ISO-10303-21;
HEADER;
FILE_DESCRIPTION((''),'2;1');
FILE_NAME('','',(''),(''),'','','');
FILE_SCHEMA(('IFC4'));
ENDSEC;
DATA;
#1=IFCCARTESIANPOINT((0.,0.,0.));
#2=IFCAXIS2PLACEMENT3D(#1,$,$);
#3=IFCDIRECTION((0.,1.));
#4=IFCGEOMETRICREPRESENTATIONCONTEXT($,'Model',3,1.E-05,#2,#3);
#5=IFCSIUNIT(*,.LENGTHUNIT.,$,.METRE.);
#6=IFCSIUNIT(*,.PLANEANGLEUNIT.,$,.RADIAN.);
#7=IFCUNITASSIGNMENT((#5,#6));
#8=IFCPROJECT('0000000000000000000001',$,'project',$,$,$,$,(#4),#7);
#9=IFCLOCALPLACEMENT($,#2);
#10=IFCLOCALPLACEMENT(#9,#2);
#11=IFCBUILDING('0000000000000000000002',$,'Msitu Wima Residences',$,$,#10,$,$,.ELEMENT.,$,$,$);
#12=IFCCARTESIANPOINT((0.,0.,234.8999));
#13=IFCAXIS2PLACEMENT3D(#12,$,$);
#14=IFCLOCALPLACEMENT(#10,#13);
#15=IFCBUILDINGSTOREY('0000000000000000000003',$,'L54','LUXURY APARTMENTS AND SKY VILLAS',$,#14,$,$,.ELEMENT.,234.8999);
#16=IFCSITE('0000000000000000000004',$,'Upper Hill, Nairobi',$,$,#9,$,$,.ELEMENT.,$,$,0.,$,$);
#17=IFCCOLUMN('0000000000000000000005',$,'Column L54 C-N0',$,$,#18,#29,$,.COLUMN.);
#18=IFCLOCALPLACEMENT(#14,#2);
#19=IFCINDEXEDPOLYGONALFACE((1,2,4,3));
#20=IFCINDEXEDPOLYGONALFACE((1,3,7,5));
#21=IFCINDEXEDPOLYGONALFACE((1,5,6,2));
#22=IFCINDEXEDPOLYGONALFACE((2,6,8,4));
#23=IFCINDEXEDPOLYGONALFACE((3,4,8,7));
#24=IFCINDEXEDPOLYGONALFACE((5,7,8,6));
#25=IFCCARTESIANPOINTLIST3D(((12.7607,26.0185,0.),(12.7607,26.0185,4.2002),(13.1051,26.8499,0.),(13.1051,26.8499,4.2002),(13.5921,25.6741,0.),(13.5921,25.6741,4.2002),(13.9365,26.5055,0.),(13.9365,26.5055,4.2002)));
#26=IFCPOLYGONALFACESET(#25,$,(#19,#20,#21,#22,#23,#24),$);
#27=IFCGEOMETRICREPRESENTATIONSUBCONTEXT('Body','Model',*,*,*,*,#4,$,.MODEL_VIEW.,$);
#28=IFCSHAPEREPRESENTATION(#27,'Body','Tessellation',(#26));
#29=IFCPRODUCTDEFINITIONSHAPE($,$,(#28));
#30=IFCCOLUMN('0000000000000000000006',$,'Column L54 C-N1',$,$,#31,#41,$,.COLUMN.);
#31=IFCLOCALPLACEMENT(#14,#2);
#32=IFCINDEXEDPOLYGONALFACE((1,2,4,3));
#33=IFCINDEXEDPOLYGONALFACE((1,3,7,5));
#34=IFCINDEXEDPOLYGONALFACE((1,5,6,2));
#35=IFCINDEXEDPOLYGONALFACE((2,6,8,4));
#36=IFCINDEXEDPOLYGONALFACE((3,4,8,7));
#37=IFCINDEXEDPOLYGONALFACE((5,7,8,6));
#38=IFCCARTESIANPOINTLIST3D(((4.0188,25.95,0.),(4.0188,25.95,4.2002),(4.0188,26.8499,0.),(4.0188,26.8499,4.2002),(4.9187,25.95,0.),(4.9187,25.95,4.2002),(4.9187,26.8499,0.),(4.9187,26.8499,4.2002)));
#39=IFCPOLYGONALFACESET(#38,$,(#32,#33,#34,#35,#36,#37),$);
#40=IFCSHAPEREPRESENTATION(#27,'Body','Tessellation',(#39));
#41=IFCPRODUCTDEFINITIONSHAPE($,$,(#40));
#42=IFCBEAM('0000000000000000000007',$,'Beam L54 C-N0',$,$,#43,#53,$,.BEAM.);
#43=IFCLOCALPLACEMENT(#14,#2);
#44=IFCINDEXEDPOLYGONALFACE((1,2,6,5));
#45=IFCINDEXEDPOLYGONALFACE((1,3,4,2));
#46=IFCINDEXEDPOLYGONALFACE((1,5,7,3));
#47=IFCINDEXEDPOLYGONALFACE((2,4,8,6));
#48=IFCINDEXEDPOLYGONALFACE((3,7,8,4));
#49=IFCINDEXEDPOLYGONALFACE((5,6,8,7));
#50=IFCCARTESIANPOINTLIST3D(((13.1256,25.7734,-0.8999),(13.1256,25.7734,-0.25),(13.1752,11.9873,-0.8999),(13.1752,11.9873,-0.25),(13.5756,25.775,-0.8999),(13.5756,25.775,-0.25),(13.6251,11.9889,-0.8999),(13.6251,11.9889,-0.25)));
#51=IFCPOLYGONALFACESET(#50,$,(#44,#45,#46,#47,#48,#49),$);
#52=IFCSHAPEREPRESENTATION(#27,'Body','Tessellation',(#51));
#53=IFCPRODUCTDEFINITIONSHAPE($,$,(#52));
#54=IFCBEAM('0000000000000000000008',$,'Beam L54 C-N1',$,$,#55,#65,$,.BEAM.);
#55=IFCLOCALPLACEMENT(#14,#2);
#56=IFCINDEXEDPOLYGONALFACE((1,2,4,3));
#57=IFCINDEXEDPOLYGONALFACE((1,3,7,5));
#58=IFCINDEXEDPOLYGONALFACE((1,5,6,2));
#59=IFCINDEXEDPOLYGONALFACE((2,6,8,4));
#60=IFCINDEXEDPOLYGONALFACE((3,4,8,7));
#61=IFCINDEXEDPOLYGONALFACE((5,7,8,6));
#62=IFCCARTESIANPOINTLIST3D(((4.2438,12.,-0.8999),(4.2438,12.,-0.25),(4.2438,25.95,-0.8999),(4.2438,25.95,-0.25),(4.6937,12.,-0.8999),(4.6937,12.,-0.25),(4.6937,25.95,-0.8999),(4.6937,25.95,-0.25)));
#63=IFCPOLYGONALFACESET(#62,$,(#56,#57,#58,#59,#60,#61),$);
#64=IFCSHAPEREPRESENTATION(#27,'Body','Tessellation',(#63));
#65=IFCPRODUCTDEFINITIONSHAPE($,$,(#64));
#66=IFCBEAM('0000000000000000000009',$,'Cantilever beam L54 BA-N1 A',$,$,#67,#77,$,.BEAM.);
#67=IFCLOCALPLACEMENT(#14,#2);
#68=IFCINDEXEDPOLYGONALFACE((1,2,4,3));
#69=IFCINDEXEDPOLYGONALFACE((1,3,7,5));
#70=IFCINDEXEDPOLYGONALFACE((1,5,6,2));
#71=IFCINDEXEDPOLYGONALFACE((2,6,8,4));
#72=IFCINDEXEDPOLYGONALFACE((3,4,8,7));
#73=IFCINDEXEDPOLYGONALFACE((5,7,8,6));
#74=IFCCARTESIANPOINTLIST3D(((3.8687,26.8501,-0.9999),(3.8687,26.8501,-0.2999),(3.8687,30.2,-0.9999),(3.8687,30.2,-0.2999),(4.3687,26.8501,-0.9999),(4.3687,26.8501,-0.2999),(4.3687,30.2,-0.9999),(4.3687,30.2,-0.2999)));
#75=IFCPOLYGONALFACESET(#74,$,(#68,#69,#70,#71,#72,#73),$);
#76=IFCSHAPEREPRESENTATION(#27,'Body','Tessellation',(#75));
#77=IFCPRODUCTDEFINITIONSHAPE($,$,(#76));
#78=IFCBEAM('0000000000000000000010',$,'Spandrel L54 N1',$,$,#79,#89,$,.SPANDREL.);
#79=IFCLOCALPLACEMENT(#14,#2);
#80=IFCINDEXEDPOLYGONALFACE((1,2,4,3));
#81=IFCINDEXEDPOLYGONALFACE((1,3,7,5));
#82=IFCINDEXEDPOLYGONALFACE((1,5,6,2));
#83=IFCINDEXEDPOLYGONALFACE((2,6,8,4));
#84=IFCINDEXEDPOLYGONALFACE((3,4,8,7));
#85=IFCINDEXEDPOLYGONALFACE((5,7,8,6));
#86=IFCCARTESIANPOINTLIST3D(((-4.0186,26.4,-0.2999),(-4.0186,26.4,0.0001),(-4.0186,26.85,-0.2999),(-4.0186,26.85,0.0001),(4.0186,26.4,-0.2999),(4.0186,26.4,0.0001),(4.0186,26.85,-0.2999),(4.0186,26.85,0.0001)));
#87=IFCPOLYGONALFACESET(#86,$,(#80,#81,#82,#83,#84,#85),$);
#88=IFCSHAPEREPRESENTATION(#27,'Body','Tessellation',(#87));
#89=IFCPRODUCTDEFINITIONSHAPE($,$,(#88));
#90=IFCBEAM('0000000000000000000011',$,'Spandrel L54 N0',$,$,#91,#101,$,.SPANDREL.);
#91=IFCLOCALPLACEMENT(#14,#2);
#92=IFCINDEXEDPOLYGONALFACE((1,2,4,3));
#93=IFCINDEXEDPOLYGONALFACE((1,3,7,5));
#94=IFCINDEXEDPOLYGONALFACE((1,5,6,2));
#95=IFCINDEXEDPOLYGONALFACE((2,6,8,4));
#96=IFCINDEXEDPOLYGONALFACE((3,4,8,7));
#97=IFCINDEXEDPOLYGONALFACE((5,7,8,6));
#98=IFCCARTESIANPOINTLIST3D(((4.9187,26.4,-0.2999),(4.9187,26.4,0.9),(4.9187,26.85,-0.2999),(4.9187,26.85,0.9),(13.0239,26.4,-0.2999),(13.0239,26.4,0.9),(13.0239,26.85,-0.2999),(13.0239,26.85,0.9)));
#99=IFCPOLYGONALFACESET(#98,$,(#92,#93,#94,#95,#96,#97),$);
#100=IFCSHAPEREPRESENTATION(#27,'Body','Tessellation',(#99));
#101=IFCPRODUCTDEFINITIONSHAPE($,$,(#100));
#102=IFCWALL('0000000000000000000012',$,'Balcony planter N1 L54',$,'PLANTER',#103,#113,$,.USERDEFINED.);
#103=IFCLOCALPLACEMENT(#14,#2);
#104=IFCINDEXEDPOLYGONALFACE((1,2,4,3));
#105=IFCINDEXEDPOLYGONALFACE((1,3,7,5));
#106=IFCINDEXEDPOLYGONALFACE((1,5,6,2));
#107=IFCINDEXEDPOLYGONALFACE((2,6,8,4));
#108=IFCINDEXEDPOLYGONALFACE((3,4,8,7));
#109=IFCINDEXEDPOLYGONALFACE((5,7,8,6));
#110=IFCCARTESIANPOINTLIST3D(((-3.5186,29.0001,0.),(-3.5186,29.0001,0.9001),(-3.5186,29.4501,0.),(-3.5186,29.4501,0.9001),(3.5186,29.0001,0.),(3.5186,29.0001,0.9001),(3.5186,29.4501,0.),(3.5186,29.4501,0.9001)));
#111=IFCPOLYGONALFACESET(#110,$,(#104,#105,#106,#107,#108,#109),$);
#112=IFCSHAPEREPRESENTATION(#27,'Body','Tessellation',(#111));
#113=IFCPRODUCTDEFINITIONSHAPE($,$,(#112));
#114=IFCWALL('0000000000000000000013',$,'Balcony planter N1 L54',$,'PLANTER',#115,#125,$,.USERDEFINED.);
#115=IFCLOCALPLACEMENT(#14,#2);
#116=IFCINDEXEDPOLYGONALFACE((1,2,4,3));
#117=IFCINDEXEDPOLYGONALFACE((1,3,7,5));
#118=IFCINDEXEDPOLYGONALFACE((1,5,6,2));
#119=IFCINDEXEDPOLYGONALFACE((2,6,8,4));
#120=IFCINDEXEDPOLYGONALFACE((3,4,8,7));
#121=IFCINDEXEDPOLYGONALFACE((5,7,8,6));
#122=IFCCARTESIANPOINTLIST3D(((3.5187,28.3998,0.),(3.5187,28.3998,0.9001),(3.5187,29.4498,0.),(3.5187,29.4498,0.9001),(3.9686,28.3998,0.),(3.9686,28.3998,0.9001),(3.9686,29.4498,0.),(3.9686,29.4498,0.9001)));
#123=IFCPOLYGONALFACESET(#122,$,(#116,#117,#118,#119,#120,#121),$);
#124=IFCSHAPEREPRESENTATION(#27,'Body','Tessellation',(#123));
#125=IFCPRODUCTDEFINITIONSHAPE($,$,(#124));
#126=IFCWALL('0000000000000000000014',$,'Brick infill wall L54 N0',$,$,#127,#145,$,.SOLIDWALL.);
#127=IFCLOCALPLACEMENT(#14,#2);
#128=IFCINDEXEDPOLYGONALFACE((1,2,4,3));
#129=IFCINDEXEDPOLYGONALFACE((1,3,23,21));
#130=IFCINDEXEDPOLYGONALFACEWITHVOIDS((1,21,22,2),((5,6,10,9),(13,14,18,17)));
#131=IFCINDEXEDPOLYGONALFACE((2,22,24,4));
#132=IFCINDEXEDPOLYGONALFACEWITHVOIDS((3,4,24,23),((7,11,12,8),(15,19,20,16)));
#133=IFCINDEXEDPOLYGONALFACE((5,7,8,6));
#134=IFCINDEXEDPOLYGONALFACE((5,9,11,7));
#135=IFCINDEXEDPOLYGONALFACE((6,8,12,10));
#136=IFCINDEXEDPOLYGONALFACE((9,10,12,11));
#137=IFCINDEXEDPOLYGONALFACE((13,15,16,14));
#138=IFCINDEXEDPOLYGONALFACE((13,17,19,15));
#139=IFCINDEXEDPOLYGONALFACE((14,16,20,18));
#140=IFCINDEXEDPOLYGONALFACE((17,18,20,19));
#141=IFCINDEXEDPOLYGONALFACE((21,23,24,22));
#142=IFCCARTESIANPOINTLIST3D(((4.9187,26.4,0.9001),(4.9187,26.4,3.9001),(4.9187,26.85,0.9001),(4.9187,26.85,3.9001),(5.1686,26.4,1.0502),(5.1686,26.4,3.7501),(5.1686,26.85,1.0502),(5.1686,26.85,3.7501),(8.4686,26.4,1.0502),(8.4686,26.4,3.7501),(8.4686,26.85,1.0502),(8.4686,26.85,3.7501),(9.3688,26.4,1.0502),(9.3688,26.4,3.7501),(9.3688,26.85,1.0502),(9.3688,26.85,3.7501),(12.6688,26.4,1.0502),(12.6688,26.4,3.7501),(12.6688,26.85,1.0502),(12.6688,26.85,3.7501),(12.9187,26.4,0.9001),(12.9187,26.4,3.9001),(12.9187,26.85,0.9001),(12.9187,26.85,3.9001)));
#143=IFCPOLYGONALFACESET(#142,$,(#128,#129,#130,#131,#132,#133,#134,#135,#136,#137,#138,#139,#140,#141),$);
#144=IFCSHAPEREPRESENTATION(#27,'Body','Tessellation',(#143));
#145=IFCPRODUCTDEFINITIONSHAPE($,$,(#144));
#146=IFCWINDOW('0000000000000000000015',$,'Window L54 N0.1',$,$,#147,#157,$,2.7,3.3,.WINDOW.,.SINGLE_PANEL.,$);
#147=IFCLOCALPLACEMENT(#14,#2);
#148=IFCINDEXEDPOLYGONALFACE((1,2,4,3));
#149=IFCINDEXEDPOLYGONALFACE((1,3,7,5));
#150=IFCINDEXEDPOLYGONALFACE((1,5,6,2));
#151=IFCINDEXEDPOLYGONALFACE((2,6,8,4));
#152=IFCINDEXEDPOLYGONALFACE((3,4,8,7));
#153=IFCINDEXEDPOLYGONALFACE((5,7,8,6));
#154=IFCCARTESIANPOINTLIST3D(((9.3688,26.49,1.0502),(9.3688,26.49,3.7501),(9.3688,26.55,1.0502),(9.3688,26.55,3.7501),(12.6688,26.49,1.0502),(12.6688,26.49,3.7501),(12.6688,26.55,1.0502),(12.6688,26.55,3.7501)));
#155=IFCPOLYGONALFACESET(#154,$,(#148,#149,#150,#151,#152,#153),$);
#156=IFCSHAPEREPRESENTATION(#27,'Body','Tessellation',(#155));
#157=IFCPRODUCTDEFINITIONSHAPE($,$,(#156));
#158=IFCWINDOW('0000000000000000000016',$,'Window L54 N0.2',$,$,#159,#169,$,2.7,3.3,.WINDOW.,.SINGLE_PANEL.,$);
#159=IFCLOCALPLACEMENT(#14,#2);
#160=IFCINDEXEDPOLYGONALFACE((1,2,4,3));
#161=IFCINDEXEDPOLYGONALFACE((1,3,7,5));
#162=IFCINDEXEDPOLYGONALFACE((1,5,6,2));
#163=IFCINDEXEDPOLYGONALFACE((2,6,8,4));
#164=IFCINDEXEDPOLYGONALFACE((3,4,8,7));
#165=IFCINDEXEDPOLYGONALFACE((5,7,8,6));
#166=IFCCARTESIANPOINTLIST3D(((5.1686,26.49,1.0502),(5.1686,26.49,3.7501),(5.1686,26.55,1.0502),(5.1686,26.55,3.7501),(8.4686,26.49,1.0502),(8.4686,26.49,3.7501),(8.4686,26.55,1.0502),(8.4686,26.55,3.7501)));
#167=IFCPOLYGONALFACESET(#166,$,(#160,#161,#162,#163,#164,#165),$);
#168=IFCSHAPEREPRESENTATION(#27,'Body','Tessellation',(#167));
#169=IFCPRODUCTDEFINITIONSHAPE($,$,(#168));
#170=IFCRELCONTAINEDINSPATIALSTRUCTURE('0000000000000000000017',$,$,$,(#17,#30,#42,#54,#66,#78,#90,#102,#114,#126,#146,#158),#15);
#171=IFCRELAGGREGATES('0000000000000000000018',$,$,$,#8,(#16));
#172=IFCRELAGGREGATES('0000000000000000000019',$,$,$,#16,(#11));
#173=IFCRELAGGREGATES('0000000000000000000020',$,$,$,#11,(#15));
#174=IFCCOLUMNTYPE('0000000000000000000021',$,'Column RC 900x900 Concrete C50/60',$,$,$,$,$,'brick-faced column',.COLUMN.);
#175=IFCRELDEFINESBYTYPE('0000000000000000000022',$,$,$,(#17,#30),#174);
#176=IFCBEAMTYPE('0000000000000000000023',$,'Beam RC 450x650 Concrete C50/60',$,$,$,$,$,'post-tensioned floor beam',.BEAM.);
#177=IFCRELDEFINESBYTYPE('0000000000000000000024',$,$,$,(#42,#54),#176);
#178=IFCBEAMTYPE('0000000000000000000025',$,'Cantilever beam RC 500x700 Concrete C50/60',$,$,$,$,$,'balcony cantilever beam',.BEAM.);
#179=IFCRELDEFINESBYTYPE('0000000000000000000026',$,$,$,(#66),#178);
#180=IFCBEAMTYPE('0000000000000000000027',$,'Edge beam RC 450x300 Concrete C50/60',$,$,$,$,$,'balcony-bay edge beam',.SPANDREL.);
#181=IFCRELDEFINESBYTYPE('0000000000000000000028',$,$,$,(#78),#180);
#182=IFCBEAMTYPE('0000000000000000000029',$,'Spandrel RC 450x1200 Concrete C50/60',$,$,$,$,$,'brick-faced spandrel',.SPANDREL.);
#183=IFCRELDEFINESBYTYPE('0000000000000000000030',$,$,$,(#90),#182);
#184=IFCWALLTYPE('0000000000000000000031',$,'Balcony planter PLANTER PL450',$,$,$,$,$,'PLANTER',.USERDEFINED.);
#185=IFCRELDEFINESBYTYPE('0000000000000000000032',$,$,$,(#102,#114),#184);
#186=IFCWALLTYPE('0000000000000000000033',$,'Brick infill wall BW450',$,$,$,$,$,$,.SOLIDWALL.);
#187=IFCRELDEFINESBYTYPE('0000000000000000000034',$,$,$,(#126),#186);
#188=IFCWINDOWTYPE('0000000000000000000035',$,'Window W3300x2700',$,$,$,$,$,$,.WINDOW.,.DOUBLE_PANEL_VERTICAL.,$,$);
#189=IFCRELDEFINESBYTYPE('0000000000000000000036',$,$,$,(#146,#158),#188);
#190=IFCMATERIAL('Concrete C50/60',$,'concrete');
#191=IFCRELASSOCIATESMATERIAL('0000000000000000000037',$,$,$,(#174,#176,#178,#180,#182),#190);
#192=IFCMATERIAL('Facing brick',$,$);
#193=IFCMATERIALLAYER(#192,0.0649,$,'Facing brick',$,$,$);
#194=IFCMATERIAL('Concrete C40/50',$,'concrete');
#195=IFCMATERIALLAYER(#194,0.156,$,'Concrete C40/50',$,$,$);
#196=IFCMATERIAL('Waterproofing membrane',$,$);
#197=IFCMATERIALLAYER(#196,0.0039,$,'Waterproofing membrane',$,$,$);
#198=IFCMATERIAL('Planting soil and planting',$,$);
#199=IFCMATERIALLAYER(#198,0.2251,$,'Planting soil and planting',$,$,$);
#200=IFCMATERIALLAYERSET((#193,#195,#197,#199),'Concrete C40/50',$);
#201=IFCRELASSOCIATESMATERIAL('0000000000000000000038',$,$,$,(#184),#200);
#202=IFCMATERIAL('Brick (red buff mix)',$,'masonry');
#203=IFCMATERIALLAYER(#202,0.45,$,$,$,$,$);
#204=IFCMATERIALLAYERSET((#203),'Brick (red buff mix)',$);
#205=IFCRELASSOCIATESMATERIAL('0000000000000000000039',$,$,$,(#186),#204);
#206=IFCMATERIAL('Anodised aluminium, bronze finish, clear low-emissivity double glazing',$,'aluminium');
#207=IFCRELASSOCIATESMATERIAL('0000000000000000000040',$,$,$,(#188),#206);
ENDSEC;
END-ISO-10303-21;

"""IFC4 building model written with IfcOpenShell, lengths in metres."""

from ifc_helpers import new_model, si_unit, direction, frame, frame_2d, origin, origin_2d, place, context, subcontext, project, spatial, rectangle, extrude, material, layer, layer_set, material_profile, profile_set, type_object, element, fill, save


model = new_model("IFC4")

# Units and contexts
model_context = context("Model", 3, precision=1e-05, world=origin(), true_north=direction((0.0, 1.0)))
body_context = subcontext(model_context, "Body", "Model", "MODEL_VIEW")
ifc_project = project(units=[si_unit("LENGTHUNIT", "METRE"), si_unit("PLANEANGLEUNIT", "RADIAN")], contexts=[model_context])

# Site, building, storey
site_placement = place(None, origin())
site = spatial("IfcSite", under=ifc_project, at=site_placement, Name="Upper Hill, Nairobi", CompositionType="ELEMENT", RefElevation=0.0)
building_placement = place(site_placement, origin())
building = spatial("IfcBuilding", under=site, at=building_placement, Name="Msitu Wima Residences", CompositionType="ELEMENT")
storey_placement = place(building_placement, frame((0.0, 0.0, 234.8999)))
storey = spatial("IfcBuildingStorey", under=building, at=storey_placement, Name="L54", Description="LUXURY APARTMENTS AND SKY VILLAS", CompositionType="ELEMENT", Elevation=234.8999)

# Columns
ifc_material_1 = material(Name="Concrete C50/60", Category="concrete")
ifc_material_profile_1 = material_profile(ifc_material_1, rectangle(XDim=0.8999, YDim=0.8999, at=origin_2d()), Name="RC 900x900")
ifc_profile_set_1 = profile_set([ifc_material_profile_1], Name="Concrete C50/60")
column_type = type_object("IfcColumnType", Name="Column RC 900x900 Concrete C50/60", ElementType="brick-faced column", PredefinedType="COLUMN", material=ifc_profile_set_1)
for number, where, z_axis, x_axis, name in (
    (1, (13.3486, 26.262, 0.0), (0.0, 0.0, 1.0), (-0.92388, 0.382683, 0.0), "Column L54 C-N0"),
    (2, (4.4688, 26.3999, 0.0), (0.0, 0.0, 1.0), (-1.0, 0.0, 0.0), "Column L54 C-N1"),
):
    element("IfcColumn", number, at=place(storey_placement, frame(where, z_axis=z_axis, x_axis=x_axis)), inside=storey, type_object=column_type, Name=name, PredefinedType="COLUMN", context=body_context, shape_type="SweptSolid", body=[
        extrude(rectangle(XDim=0.8999, YDim=0.8999, at=origin_2d()), origin(), (0.0, 0.0, 1.0), 4.2002),
    ])

# Beams
ifc_material_profile_2 = material_profile(ifc_material_1, rectangle(XDim=0.45, YDim=0.6499, at=origin_2d()), Name="RC 450x650")
ifc_profile_set_2 = profile_set([ifc_material_profile_2], Name="Concrete C50/60")
beam_type_1 = type_object("IfcBeamType", Name="Beam RC 450x650 Concrete C50/60", ElementType="post-tensioned floor beam", PredefinedType="BEAM", material=ifc_profile_set_2)
beam_1_placement = place(storey_placement, frame((13.3506, 25.7742, -0.575), z_axis=(0.003595, -0.999994, 0.0), x_axis=(0.999994, 0.003595, 0.0)))
element("IfcBeam", 3, at=beam_1_placement, inside=storey, type_object=beam_type_1, Name="Beam L54 C-N0", PredefinedType="BEAM", context=body_context, shape_type="SweptSolid", body=[
    extrude(rectangle(XDim=0.45, YDim=0.6499, at=origin_2d()), origin(), (0.0, 0.0, 1.0), 13.7861),
])
beam_2_placement = place(storey_placement, frame((4.4688, 25.95, -0.575), z_axis=(0.0, -1.0, 0.0), x_axis=(1.0, 0.0, 0.0)))
element("IfcBeam", 4, at=beam_2_placement, inside=storey, type_object=beam_type_1, Name="Beam L54 C-N1", PredefinedType="BEAM", context=body_context, shape_type="SweptSolid", body=[
    extrude(rectangle(XDim=0.45, YDim=0.6499, at=origin_2d()), origin(), (0.0, 0.0, 1.0), 13.95),
])
ifc_material_profile_3 = material_profile(ifc_material_1, rectangle(XDim=0.5, YDim=0.7, at=origin_2d()), Name="RC 500x700")
ifc_profile_set_3 = profile_set([ifc_material_profile_3], Name="Concrete C50/60")
beam_type_2 = type_object("IfcBeamType", Name="Cantilever beam RC 500x700 Concrete C50/60", ElementType="balcony cantilever beam", PredefinedType="BEAM", material=ifc_profile_set_3)
beam_3_placement = place(storey_placement, frame((4.1187, 26.8501, -0.6499), z_axis=(0.0, 1.0, 0.0), x_axis=(-1.0, 0.0, 0.0)))
element("IfcBeam", 5, at=beam_3_placement, inside=storey, type_object=beam_type_2, Name="Cantilever beam L54 BA-N1 A", PredefinedType="BEAM", context=body_context, shape_type="SweptSolid", body=[
    extrude(rectangle(XDim=0.5, YDim=0.7, at=origin_2d()), origin(), (0.0, 0.0, 1.0), 3.3499),
])
ifc_material_profile_4 = material_profile(ifc_material_1, rectangle(XDim=0.45, YDim=0.3, at=origin_2d()), Name="RC 450x300")
ifc_profile_set_4 = profile_set([ifc_material_profile_4], Name="Concrete C50/60")
beam_type_3 = type_object("IfcBeamType", Name="Edge beam RC 450x300 Concrete C50/60", ElementType="balcony-bay edge beam", PredefinedType="SPANDREL", material=ifc_profile_set_4)
beam_4_placement = place(storey_placement, frame((4.0186, 26.625, -0.1499), z_axis=(-1.0, 0.0, 0.0), x_axis=(0.0, -1.0, 0.0)))
element("IfcBeam", 6, at=beam_4_placement, inside=storey, type_object=beam_type_3, Name="Spandrel L54 N1", PredefinedType="SPANDREL", context=body_context, shape_type="SweptSolid", body=[
    extrude(rectangle(XDim=0.45, YDim=0.3, at=origin_2d()), origin(), (0.0, 0.0, 1.0), 8.0371),
])
ifc_material_profile_5 = material_profile(ifc_material_1, rectangle(XDim=0.45, YDim=1.2, at=origin_2d()), Name="RC 450x1200")
ifc_profile_set_5 = profile_set([ifc_material_profile_5], Name="Concrete C50/60")
beam_type_4 = type_object("IfcBeamType", Name="Spandrel RC 450x1200 Concrete C50/60", ElementType="brick-faced spandrel", PredefinedType="SPANDREL", material=ifc_profile_set_5)
beam_5_placement = place(storey_placement, frame((13.0239, 26.625, 0.3), z_axis=(-1.0, 0.0, 0.0), x_axis=(0.0, -1.0, 0.0)))
element("IfcBeam", 7, at=beam_5_placement, inside=storey, type_object=beam_type_4, Name="Spandrel L54 N0", PredefinedType="SPANDREL", context=body_context, shape_type="SweptSolid", body=[
    extrude(rectangle(XDim=0.45, YDim=1.2, at=origin_2d()), origin(), (0.0, 0.0, 1.0), 8.1052),
])

# Walls
ifc_material_2 = material(Name="Facing brick")
ifc_layer_1 = layer(ifc_material_2, 0.0649, Name="Facing brick")
ifc_material_3 = material(Name="Concrete C40/50", Category="concrete")
ifc_layer_2 = layer(ifc_material_3, 0.156, Name="Concrete C40/50")
ifc_material_4 = material(Name="Waterproofing membrane")
ifc_layer_3 = layer(ifc_material_4, 0.0039, Name="Waterproofing membrane")
ifc_material_5 = material(Name="Planting soil and planting")
ifc_layer_4 = layer(ifc_material_5, 0.2251, Name="Planting soil and planting")
ifc_layer_set_1 = layer_set([ifc_layer_1, ifc_layer_2, ifc_layer_3, ifc_layer_4], Name="Concrete C40/50")
wall_type_1 = type_object("IfcWallType", Name="Balcony planter PLANTER PL450", ElementType="PLANTER", PredefinedType="USERDEFINED", material=ifc_layer_set_1)
wall_1_placement = place(storey_placement, frame((3.5186, 29.2251, 0.0), z_axis=(0.0, 0.0, 1.0), x_axis=(-1.0, 0.0, 0.0)))
element("IfcWall", 8, at=wall_1_placement, inside=storey, type_object=wall_type_1, Name="Balcony planter N1 L54", ObjectType="PLANTER", PredefinedType="USERDEFINED", context=body_context, shape_type="SweptSolid", body=[
    extrude(rectangle(XDim=7.0371, YDim=0.45, at=frame_2d((3.5186, 0.0))), origin(), (0.0, 0.0, 1.0), 0.9001),
])
wall_2_placement = place(storey_placement, frame((3.7437, 28.3999, 0.0), z_axis=(0.0, 0.0, 1.0), x_axis=(0.0, 1.0, 0.0)))
element("IfcWall", 9, at=wall_2_placement, inside=storey, type_object=wall_type_1, Name="Balcony planter N1 L54", ObjectType="PLANTER", PredefinedType="USERDEFINED", context=body_context, shape_type="SweptSolid", body=[
    extrude(rectangle(XDim=1.05, YDim=0.45, at=frame_2d((0.5249, 0.0))), origin(), (0.0, 0.0, 1.0), 0.9001),
])

# Wall, openings, windows
ifc_material_6 = material(Name="Brick (red buff mix)", Category="masonry")
ifc_layer_5 = layer(ifc_material_6, 0.45)
ifc_layer_set_2 = layer_set([ifc_layer_5], Name="Brick (red buff mix)")
wall_type_2 = type_object("IfcWallType", Name="Brick infill wall BW450", PredefinedType="SOLIDWALL", material=ifc_layer_set_2)
wall_3_placement = place(storey_placement, frame((12.9187, 26.625, 0.9001), z_axis=(0.0, 0.0, 1.0), x_axis=(-1.0, 0.0, 0.0)))
wall_3 = element("IfcWall", 10, at=wall_3_placement, inside=storey, type_object=wall_type_2, Name="Brick infill wall L54 N0", PredefinedType="SOLIDWALL", context=body_context, shape_type="SweptSolid", body=[
    extrude(rectangle(XDim=8.0, YDim=0.45, at=frame_2d((4.0, 0.0))), origin(), (0.0, 0.0, 1.0), 3.0),
])
opening_1_placement = place(wall_3_placement, frame((0.25, 0.0, 0.1499)))
opening_1 = element("IfcOpeningElement", 11, at=opening_1_placement, cuts=wall_3, PredefinedType="OPENING", context=body_context, shape_type="SweptSolid", body=[
    extrude(rectangle(XDim=3.3, YDim=2.7, at=frame_2d((1.6499, 1.3501))), frame((0.0, 0.2349, 0.0), z_axis=(0.0, -1.0, 0.0), x_axis=(1.0, 0.0, 0.0)), (0.0, 0.0, 1.0), 0.47),
])
opening_2_placement = place(wall_3_placement, frame((4.4502, 0.0, 0.1499)))
opening_2 = element("IfcOpeningElement", 12, at=opening_2_placement, cuts=wall_3, PredefinedType="OPENING", context=body_context, shape_type="SweptSolid", body=[
    extrude(rectangle(XDim=3.3, YDim=2.7, at=frame_2d((1.6499, 1.3501))), frame((0.0, 0.2349, 0.0), z_axis=(0.0, -1.0, 0.0), x_axis=(1.0, 0.0, 0.0)), (0.0, 0.0, 1.0), 0.47),
])
ifc_material_7 = material(Name="Anodised aluminium, bronze finish, clear low-emissivity double glazing", Category="aluminium")
window_type = type_object("IfcWindowType", Name="Window W3300x2700", PartitioningType="DOUBLE_PANEL_VERTICAL", PredefinedType="WINDOW", material=ifc_material_7)
window_1_placement = place(opening_1_placement, origin())
window_1 = element("IfcWindow", 13, at=window_1_placement, inside=storey, type_object=window_type, Name="Window L54 N0.1", OverallHeight=2.7, OverallWidth=3.3, PartitioningType="SINGLE_PANEL", PredefinedType="WINDOW", context=body_context, shape_type="SweptSolid", body=[
    extrude(rectangle(XDim=3.3, YDim=2.7, at=frame_2d((1.6499, 1.3501))), frame((0.0, 0.135, 0.0), z_axis=(0.0, -1.0, 0.0), x_axis=(1.0, 0.0, 0.0)), (0.0, 0.0, 1.0), 0.0601),
])
fill(opening_1, window_1)
window_2_placement = place(opening_2_placement, origin())
window_2 = element("IfcWindow", 14, at=window_2_placement, inside=storey, type_object=window_type, Name="Window L54 N0.2", OverallHeight=2.7, OverallWidth=3.3, PartitioningType="SINGLE_PANEL", PredefinedType="WINDOW", context=body_context, shape_type="SweptSolid", body=[
    extrude(rectangle(XDim=3.3, YDim=2.7, at=frame_2d((1.6499, 1.3501))), frame((0.0, 0.135, 0.0), z_axis=(0.0, -1.0, 0.0), x_axis=(1.0, 0.0, 0.0)), (0.0, 0.0, 1.0), 0.0601),
])
fill(opening_2, window_2)

save(model, "model.ifc")
